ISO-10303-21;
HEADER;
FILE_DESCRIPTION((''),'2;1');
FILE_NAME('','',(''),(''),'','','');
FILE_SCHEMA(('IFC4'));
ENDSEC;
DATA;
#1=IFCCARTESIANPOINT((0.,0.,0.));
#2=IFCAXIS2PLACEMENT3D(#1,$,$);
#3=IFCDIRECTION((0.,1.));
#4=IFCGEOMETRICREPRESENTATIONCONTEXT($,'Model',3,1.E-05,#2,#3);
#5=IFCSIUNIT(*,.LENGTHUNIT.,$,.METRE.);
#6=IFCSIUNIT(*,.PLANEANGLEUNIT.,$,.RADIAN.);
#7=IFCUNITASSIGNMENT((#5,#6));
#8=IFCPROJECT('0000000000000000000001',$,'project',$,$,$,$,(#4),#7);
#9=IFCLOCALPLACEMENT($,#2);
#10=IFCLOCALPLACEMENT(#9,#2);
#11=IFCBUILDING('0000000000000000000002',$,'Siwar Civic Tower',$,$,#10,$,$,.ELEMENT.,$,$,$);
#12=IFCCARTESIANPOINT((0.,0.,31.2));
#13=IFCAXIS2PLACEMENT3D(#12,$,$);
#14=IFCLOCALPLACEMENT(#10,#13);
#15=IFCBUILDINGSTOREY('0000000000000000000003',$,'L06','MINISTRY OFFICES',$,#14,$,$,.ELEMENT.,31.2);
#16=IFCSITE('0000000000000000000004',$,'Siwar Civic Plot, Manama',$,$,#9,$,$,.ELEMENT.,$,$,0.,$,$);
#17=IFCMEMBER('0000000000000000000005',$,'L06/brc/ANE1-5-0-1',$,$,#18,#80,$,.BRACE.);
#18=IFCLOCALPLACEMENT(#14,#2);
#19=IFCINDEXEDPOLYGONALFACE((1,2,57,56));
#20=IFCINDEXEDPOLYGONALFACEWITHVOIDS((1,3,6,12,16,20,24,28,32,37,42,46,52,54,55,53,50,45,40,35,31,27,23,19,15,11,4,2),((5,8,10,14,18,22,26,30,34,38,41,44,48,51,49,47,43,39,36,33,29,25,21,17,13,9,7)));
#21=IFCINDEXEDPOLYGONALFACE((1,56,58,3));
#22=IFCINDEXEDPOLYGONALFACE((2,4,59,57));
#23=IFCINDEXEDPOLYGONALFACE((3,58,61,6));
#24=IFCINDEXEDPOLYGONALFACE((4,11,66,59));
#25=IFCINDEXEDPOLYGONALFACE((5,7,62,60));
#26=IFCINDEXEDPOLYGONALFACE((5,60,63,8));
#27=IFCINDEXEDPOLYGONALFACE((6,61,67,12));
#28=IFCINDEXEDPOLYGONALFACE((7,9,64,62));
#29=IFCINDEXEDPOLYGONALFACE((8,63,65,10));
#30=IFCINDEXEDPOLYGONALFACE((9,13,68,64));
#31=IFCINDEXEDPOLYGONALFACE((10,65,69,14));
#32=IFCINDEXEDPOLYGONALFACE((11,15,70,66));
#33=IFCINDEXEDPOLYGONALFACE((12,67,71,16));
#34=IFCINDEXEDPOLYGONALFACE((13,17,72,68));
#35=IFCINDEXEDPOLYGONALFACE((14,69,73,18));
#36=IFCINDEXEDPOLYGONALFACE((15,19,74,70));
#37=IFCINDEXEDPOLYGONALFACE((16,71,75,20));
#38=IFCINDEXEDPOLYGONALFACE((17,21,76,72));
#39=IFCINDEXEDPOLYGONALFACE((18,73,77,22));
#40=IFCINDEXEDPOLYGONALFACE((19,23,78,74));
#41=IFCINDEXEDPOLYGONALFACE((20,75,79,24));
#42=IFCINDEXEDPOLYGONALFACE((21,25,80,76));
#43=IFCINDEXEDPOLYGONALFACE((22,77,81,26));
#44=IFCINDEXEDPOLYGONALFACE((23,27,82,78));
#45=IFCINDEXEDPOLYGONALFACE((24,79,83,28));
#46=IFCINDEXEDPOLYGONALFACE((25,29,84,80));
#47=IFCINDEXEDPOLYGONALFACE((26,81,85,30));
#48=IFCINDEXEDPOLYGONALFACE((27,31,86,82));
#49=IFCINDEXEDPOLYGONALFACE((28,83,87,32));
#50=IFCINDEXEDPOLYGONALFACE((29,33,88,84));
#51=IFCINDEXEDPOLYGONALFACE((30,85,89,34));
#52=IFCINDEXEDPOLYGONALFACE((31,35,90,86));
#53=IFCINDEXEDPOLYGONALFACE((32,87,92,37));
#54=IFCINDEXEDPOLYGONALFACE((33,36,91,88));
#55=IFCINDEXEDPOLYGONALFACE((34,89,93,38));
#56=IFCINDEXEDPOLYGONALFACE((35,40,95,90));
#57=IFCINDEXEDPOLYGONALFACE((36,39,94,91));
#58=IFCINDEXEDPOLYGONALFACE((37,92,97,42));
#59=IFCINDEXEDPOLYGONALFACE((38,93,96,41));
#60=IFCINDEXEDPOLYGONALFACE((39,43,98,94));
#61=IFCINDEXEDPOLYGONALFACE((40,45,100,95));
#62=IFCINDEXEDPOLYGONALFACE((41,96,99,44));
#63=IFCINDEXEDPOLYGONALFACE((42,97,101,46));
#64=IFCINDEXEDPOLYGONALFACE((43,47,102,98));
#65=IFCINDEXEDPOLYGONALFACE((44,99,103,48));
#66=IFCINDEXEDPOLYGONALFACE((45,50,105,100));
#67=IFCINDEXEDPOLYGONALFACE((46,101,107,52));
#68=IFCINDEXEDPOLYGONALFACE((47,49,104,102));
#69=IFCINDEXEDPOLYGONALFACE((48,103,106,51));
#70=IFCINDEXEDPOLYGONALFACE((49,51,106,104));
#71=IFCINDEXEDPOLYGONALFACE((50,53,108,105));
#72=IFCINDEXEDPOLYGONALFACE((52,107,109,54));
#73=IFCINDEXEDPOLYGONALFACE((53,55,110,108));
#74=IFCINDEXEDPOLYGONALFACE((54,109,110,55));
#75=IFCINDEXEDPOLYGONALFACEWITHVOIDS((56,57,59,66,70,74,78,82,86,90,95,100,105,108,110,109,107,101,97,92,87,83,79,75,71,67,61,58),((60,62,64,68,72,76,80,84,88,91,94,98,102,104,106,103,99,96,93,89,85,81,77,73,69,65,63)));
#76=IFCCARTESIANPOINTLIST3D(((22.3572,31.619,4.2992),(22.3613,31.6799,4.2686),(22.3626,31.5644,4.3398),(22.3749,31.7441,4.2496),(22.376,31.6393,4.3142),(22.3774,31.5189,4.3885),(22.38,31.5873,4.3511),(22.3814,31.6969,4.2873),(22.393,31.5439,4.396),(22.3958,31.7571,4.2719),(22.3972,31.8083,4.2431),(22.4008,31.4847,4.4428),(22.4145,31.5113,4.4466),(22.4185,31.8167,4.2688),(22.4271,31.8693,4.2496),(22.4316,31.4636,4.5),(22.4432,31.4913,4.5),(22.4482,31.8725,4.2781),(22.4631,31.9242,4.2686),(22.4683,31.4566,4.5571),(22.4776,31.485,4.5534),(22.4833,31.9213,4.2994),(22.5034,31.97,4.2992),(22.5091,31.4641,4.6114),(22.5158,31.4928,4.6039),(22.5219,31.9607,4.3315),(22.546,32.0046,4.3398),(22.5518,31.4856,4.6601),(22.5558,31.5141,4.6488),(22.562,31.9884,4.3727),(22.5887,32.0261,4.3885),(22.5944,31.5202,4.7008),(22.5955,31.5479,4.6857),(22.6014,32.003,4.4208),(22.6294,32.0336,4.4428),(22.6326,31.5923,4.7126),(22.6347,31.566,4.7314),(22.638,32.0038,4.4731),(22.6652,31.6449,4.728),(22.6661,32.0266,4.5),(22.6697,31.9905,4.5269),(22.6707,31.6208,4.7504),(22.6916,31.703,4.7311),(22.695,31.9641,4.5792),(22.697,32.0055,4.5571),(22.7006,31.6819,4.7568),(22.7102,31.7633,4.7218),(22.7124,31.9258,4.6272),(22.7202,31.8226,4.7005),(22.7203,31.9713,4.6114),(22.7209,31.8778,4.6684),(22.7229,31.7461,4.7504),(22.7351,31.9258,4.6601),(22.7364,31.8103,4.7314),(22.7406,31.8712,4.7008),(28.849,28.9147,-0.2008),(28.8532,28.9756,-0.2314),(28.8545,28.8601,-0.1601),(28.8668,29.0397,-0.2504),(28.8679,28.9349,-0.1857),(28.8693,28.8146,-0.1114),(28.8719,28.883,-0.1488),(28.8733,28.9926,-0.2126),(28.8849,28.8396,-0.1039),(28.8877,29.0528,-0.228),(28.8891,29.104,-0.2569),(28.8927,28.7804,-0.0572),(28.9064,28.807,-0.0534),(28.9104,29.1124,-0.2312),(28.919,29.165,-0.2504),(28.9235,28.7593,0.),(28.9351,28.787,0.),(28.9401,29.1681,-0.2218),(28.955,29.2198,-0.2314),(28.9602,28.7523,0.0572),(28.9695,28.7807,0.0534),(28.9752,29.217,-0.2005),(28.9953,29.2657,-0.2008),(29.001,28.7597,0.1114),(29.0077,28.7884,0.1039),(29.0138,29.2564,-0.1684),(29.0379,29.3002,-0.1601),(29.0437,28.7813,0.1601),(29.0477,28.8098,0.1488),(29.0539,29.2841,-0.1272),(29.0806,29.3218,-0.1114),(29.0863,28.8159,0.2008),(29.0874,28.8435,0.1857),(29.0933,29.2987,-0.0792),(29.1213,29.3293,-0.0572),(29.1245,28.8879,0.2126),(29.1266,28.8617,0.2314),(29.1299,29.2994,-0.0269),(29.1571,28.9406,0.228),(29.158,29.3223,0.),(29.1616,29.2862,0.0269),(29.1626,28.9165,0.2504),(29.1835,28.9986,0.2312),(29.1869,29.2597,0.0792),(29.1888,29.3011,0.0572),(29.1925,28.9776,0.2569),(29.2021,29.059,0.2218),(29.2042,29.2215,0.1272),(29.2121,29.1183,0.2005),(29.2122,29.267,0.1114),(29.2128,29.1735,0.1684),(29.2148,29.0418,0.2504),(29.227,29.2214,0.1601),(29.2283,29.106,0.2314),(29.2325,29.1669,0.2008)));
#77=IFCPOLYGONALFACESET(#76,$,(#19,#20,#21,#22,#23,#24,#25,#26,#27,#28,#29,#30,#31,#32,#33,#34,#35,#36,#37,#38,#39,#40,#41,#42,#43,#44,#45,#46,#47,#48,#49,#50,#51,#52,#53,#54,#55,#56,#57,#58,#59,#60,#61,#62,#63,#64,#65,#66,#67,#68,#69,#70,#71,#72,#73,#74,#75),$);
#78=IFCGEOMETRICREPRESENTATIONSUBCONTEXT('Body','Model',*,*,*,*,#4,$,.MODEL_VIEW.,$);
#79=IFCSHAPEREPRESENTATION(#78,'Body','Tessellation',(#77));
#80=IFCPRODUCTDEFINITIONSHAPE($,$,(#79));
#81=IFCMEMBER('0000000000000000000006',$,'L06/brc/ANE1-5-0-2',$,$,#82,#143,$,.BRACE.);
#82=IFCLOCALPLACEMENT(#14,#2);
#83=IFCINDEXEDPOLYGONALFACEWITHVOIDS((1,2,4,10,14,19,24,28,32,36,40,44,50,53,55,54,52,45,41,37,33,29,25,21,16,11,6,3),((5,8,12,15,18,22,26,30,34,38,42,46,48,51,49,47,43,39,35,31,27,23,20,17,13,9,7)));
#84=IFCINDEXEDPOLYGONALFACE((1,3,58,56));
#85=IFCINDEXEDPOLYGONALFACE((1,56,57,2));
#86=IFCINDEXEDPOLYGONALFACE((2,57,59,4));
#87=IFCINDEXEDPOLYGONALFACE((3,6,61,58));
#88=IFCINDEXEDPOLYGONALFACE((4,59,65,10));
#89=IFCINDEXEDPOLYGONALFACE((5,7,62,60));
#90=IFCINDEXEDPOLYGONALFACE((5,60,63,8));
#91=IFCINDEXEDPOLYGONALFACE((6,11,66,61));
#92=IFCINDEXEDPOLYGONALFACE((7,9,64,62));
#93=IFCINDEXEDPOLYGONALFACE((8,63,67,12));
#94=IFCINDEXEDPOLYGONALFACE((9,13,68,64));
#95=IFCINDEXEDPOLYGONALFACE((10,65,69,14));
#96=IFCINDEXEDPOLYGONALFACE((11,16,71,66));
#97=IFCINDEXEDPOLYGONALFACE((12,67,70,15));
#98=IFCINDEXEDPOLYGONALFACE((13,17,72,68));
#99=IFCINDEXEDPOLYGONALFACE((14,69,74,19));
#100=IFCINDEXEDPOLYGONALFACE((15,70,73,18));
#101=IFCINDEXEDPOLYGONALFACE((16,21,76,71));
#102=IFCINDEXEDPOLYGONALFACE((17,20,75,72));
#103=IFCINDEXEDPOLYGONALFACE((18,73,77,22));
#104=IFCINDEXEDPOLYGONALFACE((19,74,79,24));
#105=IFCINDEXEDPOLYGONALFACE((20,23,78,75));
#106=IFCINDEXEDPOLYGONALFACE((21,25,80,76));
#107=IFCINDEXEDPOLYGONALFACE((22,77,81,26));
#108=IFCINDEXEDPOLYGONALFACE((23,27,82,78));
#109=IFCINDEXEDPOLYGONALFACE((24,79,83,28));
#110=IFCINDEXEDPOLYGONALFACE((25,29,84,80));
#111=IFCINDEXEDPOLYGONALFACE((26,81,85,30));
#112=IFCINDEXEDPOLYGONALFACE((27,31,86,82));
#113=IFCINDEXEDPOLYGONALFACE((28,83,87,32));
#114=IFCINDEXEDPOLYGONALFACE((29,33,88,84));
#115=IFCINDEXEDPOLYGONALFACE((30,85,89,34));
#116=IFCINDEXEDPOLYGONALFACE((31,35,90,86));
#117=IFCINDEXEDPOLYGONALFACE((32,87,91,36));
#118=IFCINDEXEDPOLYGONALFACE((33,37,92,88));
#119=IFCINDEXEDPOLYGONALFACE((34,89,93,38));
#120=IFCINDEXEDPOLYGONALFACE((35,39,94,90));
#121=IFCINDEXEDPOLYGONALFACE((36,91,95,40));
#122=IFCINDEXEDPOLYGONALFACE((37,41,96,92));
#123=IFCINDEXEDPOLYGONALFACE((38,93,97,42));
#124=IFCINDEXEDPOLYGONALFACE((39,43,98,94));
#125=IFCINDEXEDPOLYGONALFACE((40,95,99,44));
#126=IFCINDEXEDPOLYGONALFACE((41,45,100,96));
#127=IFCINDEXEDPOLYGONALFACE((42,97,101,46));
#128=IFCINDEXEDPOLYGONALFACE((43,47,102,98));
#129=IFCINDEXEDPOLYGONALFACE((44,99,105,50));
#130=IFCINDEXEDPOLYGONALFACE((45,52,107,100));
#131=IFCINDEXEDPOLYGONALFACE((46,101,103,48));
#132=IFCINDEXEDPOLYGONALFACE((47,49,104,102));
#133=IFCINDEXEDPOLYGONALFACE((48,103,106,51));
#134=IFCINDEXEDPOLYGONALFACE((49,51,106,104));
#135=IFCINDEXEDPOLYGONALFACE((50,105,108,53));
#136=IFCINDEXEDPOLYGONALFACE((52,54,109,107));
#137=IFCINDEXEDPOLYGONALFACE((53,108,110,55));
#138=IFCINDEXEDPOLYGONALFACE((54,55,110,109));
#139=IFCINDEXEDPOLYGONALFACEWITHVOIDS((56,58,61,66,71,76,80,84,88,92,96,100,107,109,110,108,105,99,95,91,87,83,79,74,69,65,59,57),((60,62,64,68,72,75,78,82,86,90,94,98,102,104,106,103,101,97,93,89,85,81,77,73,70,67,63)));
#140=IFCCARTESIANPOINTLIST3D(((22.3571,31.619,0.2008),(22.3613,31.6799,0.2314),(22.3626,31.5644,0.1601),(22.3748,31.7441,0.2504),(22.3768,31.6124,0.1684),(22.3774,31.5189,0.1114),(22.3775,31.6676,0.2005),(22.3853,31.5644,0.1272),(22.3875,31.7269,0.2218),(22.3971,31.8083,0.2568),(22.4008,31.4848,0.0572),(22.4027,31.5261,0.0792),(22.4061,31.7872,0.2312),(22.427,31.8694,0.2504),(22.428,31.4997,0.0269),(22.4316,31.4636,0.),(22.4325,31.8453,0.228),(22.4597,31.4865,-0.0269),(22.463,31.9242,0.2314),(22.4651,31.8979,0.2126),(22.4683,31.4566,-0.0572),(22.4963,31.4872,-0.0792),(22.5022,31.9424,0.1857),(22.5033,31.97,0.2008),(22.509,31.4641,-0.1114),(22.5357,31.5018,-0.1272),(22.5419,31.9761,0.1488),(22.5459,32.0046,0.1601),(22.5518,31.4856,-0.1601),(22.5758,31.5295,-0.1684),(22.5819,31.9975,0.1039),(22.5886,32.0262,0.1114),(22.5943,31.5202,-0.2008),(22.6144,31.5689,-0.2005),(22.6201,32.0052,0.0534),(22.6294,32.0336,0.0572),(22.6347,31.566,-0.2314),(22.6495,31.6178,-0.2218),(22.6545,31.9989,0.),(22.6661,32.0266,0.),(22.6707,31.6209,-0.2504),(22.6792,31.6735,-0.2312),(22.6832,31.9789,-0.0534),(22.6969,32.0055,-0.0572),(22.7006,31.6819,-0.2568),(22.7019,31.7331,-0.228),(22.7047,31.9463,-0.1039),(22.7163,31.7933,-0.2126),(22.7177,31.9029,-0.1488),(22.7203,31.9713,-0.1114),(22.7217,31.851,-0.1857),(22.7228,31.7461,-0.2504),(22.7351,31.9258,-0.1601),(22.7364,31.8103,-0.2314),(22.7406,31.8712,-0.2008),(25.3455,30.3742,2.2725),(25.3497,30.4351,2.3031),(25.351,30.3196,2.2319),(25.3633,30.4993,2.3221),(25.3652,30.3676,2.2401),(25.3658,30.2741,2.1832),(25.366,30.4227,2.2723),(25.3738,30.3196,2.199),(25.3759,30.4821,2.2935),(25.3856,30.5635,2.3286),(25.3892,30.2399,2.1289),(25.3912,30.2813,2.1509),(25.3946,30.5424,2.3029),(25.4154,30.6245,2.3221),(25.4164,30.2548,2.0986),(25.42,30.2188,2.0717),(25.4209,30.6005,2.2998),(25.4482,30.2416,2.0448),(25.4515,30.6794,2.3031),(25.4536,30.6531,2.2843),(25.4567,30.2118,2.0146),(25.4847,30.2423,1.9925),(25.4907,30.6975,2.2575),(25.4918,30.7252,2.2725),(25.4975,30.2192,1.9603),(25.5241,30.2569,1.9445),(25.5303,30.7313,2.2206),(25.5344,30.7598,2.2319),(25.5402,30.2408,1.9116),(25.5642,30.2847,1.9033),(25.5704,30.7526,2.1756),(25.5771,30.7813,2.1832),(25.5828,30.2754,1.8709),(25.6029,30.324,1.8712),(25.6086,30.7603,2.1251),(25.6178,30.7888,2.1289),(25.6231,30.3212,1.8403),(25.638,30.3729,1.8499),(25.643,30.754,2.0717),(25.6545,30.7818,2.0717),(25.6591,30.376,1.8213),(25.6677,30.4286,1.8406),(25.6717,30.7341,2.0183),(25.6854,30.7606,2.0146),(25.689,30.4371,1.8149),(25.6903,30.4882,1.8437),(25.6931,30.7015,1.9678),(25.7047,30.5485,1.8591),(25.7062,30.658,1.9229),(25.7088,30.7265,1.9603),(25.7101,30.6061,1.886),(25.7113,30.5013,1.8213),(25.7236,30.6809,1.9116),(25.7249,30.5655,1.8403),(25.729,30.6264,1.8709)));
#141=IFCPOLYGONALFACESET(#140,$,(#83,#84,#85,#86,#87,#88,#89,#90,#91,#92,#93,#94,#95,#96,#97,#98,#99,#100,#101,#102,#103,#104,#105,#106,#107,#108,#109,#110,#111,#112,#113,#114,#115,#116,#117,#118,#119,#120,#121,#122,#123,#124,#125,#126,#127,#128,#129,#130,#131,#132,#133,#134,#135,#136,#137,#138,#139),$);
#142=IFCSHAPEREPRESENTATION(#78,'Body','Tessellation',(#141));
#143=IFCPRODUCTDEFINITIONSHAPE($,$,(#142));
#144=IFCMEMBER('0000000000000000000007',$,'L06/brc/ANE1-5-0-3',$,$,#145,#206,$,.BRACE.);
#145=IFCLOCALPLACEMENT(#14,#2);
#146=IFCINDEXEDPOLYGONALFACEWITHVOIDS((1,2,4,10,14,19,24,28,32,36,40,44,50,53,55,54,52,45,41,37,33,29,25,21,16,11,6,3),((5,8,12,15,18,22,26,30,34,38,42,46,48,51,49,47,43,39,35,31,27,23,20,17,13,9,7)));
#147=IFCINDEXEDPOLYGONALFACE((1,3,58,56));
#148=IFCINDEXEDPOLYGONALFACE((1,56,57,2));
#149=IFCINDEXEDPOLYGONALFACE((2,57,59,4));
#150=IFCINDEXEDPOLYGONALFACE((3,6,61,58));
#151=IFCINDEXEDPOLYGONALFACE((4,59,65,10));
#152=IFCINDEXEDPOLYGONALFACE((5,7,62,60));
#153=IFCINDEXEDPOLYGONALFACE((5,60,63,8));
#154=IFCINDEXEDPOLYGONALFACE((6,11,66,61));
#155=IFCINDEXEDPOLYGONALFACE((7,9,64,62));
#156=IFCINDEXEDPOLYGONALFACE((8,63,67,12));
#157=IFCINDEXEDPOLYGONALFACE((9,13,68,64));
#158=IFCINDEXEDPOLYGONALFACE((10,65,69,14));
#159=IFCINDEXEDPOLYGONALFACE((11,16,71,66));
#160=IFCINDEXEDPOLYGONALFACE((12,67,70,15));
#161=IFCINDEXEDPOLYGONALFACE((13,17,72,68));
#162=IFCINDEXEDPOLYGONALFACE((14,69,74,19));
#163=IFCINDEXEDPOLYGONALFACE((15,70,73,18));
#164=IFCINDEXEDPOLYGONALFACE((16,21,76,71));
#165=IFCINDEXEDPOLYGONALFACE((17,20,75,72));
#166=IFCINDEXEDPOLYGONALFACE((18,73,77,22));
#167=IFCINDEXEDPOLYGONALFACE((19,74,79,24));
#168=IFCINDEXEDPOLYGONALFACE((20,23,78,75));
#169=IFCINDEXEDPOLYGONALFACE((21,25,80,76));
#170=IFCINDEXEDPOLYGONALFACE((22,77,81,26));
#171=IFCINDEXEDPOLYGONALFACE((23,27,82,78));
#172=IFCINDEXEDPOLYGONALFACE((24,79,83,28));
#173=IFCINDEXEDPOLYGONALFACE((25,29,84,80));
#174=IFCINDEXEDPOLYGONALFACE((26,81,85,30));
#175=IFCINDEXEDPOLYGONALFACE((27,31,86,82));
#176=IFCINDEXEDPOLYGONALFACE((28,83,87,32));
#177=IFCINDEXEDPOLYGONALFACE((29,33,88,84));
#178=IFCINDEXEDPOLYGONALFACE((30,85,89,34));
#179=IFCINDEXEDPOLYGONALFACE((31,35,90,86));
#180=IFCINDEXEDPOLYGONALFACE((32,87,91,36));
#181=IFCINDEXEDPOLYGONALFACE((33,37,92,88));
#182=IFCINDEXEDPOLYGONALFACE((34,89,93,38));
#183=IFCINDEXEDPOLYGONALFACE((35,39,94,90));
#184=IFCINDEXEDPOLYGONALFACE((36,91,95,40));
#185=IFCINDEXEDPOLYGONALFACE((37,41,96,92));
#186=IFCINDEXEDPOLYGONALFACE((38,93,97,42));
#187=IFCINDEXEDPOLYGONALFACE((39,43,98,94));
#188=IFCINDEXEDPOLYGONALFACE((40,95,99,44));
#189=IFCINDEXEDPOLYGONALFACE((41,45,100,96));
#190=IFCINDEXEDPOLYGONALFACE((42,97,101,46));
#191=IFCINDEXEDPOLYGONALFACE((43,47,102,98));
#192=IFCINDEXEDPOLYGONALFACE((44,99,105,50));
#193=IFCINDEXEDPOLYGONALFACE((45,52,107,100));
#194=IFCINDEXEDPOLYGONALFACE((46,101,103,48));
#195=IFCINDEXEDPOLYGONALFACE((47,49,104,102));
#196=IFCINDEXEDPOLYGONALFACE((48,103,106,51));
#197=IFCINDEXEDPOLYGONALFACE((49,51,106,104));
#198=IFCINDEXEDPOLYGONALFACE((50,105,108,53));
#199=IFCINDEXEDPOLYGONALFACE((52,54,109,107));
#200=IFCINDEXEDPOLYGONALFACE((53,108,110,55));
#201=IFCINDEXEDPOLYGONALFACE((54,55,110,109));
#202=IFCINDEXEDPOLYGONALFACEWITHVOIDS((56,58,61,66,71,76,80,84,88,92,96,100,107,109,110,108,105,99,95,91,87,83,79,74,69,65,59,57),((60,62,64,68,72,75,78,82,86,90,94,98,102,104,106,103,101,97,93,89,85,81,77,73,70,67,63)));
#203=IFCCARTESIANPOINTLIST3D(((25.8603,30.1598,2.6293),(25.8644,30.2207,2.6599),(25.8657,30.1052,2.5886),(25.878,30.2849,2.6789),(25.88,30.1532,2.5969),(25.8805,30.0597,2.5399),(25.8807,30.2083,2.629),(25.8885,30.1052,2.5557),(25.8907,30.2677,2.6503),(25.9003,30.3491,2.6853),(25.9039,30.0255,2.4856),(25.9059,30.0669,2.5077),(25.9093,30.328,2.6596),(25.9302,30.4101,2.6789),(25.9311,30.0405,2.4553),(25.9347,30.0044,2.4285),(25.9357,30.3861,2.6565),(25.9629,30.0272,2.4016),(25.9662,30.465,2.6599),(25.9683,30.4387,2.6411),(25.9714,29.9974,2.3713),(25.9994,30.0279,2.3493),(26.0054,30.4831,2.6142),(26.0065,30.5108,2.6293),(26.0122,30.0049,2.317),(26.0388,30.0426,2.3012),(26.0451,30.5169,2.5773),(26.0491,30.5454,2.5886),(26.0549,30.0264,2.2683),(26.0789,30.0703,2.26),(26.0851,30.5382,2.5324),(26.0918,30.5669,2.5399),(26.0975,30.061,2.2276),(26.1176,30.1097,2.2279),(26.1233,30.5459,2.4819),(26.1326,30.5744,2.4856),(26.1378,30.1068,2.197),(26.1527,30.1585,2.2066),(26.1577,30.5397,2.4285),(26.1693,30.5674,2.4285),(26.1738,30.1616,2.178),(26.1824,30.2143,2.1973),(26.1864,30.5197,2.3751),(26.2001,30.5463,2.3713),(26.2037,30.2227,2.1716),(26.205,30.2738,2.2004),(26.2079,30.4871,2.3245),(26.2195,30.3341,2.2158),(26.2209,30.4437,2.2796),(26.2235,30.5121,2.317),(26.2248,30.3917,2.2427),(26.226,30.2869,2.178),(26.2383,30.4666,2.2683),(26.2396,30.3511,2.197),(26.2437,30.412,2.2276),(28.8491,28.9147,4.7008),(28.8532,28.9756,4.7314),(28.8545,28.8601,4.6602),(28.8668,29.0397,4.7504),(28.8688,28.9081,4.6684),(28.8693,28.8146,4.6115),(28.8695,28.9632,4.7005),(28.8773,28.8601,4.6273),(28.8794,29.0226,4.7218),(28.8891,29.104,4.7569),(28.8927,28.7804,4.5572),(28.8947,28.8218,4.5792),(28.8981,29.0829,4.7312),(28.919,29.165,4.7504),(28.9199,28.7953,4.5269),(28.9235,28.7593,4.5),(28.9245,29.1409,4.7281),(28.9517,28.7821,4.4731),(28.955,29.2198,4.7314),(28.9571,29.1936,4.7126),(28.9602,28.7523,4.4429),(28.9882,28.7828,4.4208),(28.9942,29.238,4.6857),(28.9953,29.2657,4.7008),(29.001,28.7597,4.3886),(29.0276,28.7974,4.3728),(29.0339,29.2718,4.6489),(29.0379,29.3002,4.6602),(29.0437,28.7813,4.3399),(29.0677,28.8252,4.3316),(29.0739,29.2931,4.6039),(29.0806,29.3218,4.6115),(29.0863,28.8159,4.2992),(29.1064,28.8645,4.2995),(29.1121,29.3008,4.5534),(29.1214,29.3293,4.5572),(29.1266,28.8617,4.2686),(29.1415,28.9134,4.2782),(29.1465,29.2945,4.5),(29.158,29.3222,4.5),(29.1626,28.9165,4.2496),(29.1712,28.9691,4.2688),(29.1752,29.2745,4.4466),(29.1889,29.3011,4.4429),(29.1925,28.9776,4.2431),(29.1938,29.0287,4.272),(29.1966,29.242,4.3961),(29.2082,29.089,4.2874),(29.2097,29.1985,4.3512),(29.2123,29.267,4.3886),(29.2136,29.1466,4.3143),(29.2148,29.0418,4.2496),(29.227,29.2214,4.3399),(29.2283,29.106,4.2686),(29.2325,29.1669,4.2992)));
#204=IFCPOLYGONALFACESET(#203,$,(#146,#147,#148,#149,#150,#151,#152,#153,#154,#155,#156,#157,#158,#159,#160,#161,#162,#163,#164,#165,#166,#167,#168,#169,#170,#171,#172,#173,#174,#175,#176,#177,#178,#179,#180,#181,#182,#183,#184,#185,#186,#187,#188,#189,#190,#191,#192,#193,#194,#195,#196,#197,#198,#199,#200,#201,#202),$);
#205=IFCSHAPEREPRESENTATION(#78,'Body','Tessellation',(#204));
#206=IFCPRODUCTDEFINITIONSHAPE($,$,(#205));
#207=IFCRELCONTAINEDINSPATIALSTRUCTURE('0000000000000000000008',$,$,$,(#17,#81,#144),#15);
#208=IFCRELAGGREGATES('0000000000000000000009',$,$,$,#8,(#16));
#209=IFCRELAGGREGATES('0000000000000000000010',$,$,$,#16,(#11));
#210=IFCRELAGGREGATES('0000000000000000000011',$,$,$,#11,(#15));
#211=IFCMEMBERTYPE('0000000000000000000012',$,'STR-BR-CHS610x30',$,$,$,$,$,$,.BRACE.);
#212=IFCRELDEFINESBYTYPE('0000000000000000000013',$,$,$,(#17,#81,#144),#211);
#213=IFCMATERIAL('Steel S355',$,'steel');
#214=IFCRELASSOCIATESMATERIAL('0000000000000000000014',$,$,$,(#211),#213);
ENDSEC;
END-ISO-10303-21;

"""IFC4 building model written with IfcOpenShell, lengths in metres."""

from ifc_helpers import new_model, si_unit, direction, frame, origin, origin_2d, place, context, subcontext, project, spatial, hollow_circle, extrude, material, material_profile, profile_set, type_object, element, save


model = new_model("IFC4")

# Units and contexts
model_context = context("Model", 3, precision=1e-05, world=origin(), true_north=direction((0.0, 1.0)))
body_context = subcontext(model_context, "Body", "Model", "MODEL_VIEW")
ifc_project = project(units=[si_unit("LENGTHUNIT", "METRE"), si_unit("PLANEANGLEUNIT", "RADIAN")], contexts=[model_context])

# Site, building, storey
site_placement = place(None, origin())
site = spatial("IfcSite", under=ifc_project, at=site_placement, Name="Siwar Civic Plot, Manama", CompositionType="ELEMENT", RefElevation=0.0)
building_placement = place(site_placement, origin())
building = spatial("IfcBuilding", under=site, at=building_placement, Name="Siwar Civic Tower", CompositionType="ELEMENT")
storey_placement = place(building_placement, frame((0.0, 0.0, 31.2)))
storey = spatial("IfcBuildingStorey", under=building, at=storey_placement, Name="L06", Description="MINISTRY OFFICES", CompositionType="ELEMENT", Elevation=31.2)

# Members
ifc_material_1 = material(Name="Steel S355", Category="steel")
ifc_material_profile_1 = material_profile(ifc_material_1, hollow_circle(Radius=0.3049, WallThickness=0.03, at=origin_2d()), Name="CHS610x30")
ifc_profile_set_1 = profile_set([ifc_material_profile_1], Name="Steel S355")
member_type_1 = type_object("IfcMemberType", Name="STR-BR-CHS610x30", PredefinedType="BRACE", material=ifc_profile_set_1)
member_1_placement = place(storey_placement, frame((29.0408, 29.0408, 0.0), z_axis=(-0.777555, 0.323906, 0.538975), x_axis=(-0.384539, -0.923109, 0.0)))
element("IfcMember", 1, at=member_1_placement, inside=storey, type_object=member_type_1, Name="L06/brc/ANE1-5-0-1", PredefinedType="BRACE", context=body_context, shape_type="SweptSolid", body=[
    extrude(hollow_circle(Radius=0.3049, WallThickness=0.03, at=origin_2d()), origin(), (0.0, 0.0, 1.0), 8.3491),
])
member_2_placement = place(storey_placement, frame((22.5488, 31.7451, 0.0), z_axis=(0.777533, -0.323882, 0.53902), x_axis=(0.384524, 0.923115, 0.0)))
element("IfcMember", 2, at=member_2_placement, inside=storey, type_object=member_type_1, Name="L06/brc/ANE1-5-0-2", PredefinedType="BRACE", context=body_context, shape_type="SweptSolid", body=[
    extrude(hollow_circle(Radius=0.3049, WallThickness=0.03, at=origin_2d()), origin(), (0.0, 0.0, 1.0), 3.8435),
])
member_3_placement = place(storey_placement, frame((26.052, 30.2859, 2.4285), z_axis=(0.777569, -0.323934, 0.538937), x_axis=(0.384562, 0.923099, 0.0)))
element("IfcMember", 3, at=member_3_placement, inside=storey, type_object=member_type_1, Name="L06/brc/ANE1-5-0-3", PredefinedType="BRACE", context=body_context, shape_type="SweptSolid", body=[
    extrude(hollow_circle(Radius=0.3049, WallThickness=0.03, at=origin_2d()), origin(), (0.0, 0.0, 1.0), 3.8438),
])

save(model, "model.ifc")
